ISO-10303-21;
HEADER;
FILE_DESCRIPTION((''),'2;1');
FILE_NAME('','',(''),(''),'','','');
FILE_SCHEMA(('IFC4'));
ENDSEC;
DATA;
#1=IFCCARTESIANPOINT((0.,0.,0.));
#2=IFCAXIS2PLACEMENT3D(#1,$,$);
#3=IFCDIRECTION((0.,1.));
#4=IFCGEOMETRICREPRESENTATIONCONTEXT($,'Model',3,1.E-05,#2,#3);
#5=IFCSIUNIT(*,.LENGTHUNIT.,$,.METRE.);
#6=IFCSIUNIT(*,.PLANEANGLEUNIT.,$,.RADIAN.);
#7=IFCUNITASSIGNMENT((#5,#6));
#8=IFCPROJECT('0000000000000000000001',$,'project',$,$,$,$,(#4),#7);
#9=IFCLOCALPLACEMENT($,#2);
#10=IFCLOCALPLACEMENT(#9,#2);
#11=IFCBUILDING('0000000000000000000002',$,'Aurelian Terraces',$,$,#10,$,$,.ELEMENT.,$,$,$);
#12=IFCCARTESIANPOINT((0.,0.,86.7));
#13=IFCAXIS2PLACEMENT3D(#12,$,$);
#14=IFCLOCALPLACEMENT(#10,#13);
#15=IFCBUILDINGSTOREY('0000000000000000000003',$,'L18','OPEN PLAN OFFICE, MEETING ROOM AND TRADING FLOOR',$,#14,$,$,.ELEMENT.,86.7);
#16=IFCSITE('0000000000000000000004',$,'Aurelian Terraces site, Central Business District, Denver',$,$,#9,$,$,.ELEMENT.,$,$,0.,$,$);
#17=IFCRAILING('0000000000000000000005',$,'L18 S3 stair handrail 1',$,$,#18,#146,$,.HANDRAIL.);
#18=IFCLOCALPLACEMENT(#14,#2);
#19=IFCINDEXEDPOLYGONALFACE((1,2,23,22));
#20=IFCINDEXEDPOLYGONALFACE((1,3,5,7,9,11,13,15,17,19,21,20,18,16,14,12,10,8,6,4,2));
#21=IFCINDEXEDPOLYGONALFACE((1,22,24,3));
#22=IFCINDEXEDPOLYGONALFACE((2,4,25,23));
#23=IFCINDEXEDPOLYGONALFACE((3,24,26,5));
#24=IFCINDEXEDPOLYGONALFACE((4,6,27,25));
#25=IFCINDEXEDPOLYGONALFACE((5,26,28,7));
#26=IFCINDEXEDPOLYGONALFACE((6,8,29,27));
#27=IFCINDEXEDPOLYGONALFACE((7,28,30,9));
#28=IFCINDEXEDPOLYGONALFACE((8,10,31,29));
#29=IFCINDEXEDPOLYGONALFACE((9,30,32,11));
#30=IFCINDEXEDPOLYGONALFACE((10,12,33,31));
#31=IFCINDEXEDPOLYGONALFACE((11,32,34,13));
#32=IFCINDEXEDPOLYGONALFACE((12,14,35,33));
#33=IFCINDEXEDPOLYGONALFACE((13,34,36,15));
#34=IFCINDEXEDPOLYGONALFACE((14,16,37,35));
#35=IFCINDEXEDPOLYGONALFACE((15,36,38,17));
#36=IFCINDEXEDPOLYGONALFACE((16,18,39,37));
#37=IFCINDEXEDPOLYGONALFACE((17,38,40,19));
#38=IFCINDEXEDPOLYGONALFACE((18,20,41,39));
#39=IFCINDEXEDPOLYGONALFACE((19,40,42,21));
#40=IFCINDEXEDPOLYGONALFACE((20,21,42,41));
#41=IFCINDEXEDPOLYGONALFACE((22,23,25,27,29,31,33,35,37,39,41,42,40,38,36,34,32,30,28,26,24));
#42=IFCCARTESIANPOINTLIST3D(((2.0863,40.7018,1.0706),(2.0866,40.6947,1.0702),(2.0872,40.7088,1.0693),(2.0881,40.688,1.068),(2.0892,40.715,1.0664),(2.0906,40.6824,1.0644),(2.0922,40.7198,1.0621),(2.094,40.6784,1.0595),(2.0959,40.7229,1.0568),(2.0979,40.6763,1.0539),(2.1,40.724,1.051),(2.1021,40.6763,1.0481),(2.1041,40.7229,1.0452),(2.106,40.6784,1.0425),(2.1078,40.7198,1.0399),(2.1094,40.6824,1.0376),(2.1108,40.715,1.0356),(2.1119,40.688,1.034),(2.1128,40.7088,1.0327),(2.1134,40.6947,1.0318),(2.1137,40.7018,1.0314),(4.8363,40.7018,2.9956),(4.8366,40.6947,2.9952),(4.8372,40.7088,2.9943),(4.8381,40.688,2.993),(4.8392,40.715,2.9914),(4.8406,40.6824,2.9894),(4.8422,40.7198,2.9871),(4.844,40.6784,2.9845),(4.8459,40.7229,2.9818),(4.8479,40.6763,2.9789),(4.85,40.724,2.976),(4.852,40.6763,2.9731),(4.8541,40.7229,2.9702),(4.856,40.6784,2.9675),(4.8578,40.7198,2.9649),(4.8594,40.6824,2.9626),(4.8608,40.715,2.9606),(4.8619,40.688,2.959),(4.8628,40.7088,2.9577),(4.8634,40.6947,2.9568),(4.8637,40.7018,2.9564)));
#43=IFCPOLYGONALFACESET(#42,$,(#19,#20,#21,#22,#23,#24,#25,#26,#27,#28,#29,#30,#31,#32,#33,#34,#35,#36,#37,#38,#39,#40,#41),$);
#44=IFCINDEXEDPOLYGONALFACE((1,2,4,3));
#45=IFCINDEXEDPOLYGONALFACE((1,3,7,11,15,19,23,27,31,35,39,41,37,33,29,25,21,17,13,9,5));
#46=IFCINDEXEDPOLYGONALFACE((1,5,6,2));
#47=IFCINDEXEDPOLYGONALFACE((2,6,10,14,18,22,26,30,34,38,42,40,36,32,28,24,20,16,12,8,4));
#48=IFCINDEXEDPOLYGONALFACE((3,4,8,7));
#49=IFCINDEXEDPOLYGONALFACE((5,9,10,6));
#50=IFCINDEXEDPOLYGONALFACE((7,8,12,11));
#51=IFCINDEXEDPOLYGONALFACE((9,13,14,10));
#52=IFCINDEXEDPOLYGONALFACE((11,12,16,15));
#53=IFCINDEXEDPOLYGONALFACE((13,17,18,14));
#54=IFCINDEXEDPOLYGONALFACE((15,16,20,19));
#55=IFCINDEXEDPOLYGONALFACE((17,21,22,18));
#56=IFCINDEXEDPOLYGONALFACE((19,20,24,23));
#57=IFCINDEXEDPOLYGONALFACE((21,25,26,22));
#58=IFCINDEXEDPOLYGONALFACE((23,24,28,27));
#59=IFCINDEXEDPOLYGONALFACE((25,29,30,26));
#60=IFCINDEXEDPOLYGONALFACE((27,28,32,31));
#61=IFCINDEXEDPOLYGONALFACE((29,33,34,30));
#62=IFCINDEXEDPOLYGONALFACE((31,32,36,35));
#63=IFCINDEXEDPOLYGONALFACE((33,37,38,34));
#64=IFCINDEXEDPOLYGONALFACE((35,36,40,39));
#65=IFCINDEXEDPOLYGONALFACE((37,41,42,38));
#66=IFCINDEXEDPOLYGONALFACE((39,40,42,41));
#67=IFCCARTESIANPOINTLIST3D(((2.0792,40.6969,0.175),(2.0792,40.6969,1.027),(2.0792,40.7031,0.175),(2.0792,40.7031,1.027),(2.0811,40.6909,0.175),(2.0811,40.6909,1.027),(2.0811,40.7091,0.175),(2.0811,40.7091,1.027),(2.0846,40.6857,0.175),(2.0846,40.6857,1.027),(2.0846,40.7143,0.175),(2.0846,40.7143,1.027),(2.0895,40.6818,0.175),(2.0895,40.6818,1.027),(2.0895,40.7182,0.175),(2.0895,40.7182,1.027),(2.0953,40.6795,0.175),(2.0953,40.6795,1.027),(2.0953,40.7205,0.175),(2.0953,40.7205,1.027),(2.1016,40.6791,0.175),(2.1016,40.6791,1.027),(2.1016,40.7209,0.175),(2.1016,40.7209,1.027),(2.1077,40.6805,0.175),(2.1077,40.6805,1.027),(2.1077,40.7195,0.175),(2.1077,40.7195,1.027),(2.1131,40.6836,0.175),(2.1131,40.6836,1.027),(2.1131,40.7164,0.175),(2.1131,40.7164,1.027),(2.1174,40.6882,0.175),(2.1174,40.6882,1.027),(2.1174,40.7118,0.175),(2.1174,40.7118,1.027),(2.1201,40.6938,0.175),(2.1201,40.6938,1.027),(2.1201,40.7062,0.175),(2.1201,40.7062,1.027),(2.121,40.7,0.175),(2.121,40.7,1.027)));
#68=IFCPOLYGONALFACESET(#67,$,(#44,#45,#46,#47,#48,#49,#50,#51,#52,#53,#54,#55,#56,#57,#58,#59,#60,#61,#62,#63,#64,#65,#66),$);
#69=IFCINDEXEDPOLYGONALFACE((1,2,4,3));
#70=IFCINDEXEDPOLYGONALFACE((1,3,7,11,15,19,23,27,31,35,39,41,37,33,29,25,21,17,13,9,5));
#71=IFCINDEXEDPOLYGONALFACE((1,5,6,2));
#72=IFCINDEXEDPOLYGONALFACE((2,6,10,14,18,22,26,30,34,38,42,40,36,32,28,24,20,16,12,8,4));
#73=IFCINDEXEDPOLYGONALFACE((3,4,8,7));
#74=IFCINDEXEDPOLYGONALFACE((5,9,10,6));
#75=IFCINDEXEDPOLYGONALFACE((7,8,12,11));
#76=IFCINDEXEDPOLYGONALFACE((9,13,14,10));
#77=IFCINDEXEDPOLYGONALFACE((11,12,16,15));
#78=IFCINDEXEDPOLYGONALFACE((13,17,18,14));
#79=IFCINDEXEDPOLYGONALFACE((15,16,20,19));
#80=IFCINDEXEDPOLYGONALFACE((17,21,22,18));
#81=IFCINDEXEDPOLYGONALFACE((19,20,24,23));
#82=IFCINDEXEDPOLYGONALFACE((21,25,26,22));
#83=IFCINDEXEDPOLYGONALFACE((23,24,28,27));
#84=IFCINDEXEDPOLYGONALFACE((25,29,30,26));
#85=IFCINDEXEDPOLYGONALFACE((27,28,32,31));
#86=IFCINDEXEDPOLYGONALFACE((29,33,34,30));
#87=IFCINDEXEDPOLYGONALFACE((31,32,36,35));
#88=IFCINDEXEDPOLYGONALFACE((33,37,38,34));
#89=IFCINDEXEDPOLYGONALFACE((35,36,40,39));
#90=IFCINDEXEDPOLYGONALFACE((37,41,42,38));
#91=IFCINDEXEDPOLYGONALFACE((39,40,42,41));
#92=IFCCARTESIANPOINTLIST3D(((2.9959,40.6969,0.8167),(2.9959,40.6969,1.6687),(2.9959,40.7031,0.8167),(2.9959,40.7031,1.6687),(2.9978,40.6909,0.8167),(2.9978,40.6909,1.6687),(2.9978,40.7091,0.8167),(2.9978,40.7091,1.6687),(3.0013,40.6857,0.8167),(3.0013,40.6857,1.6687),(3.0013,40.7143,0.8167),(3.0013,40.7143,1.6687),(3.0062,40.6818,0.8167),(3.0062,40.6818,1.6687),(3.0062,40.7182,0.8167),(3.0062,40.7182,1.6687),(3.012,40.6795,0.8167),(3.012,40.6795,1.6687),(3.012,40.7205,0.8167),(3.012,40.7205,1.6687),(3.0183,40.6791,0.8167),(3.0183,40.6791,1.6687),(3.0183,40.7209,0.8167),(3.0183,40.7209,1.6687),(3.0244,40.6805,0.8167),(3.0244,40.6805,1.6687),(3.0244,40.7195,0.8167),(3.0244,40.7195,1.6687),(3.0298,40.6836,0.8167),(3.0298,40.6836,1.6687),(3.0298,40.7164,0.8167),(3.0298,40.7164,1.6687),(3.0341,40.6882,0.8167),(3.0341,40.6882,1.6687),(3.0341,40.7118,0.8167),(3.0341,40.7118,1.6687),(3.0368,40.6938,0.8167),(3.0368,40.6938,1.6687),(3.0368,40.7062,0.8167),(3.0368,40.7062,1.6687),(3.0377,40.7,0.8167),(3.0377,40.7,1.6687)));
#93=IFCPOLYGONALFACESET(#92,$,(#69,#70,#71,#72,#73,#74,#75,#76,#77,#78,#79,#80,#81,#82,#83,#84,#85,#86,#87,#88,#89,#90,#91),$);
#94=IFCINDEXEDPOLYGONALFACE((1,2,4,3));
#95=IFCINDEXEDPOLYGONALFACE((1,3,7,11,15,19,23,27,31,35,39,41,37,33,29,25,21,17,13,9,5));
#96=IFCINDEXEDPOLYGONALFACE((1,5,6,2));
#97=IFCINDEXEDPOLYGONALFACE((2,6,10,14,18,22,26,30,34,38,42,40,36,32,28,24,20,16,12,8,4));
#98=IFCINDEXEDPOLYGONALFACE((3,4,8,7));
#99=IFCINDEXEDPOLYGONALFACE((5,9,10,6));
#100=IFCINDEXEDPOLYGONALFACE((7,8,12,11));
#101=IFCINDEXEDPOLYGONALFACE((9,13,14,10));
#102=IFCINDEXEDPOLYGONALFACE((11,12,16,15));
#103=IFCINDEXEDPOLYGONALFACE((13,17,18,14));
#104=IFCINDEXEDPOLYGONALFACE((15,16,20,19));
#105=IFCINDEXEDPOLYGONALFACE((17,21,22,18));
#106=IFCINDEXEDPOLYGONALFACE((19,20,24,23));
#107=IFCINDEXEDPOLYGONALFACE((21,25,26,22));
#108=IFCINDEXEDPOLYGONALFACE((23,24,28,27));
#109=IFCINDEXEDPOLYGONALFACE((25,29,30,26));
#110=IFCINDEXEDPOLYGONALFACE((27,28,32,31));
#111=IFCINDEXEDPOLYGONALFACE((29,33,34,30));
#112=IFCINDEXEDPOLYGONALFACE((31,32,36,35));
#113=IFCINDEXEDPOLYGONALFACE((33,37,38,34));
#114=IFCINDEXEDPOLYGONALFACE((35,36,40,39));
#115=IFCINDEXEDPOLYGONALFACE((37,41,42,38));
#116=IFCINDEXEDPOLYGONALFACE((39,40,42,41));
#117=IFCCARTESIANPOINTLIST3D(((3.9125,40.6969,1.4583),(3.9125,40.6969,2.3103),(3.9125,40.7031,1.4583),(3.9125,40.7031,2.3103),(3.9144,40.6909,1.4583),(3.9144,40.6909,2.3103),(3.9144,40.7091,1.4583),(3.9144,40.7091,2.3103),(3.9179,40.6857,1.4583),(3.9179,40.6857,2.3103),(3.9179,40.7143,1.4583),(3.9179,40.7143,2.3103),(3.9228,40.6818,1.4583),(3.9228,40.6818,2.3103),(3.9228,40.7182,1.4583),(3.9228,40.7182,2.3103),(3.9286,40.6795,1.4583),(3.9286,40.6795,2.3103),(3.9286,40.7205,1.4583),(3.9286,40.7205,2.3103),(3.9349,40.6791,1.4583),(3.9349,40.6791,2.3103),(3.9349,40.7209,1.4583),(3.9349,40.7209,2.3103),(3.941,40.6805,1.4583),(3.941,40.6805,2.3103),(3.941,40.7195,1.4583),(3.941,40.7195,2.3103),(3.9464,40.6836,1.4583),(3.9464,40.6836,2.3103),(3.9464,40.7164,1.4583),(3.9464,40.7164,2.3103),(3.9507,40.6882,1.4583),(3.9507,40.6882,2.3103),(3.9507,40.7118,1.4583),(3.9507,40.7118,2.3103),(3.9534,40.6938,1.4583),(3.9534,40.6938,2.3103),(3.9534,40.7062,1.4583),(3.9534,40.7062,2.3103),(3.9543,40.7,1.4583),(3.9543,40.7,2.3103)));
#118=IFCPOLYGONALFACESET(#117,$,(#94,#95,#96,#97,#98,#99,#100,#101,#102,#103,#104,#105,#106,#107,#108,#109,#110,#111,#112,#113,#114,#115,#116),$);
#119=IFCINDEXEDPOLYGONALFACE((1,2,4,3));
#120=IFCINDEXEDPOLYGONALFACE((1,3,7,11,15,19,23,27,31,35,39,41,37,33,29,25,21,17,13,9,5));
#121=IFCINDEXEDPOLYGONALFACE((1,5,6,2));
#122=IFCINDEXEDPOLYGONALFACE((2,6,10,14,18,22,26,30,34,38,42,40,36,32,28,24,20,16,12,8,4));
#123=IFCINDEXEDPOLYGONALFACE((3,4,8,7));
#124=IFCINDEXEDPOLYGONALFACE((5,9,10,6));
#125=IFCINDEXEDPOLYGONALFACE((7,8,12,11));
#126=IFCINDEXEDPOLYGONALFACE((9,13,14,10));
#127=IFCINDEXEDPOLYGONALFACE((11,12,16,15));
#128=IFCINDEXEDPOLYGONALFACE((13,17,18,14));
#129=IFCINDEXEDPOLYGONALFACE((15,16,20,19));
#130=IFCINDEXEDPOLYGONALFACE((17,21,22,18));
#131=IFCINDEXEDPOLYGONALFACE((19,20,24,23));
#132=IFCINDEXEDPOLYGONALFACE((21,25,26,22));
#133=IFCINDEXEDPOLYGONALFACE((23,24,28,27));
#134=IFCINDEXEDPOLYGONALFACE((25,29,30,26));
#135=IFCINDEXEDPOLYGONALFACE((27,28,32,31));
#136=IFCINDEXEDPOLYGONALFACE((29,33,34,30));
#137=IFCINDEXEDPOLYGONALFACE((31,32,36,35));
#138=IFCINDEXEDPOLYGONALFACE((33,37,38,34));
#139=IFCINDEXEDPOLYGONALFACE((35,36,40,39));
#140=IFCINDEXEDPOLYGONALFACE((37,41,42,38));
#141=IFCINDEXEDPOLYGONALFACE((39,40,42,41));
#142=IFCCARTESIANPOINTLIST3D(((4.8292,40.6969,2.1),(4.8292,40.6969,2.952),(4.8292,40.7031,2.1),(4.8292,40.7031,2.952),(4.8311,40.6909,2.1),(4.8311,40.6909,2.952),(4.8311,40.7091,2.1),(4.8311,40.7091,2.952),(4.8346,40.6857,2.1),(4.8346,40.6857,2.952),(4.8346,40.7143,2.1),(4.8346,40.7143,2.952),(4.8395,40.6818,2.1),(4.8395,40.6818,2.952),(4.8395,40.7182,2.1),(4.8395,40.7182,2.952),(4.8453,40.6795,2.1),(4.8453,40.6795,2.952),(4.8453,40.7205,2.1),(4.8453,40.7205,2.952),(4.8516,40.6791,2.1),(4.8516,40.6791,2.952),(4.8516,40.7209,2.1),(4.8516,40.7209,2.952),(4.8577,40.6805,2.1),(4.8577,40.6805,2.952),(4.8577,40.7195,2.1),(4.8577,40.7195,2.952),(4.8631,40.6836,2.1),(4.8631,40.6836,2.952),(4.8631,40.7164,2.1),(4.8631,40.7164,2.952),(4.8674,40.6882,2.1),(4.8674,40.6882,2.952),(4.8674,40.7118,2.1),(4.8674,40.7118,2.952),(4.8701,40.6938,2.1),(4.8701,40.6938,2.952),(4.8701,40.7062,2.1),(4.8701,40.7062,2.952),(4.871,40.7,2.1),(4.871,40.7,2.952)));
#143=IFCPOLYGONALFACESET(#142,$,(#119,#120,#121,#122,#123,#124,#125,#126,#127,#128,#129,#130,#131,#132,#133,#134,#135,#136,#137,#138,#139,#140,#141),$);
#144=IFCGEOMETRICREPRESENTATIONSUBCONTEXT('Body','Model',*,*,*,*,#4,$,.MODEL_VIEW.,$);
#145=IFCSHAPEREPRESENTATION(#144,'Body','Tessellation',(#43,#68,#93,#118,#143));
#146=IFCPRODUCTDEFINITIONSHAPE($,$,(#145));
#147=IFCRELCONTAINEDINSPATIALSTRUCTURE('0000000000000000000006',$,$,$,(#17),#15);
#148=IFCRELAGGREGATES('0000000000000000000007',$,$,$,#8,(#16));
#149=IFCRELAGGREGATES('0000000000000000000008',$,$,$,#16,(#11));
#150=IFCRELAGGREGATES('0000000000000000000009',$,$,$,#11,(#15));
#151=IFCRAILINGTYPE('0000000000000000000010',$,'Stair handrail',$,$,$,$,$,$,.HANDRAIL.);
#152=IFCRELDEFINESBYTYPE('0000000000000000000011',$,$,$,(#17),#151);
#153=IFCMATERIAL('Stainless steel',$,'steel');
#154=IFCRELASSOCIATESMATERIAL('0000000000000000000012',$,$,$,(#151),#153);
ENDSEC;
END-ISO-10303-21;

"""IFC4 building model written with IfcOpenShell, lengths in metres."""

from ifc_helpers import new_model, si_unit, direction, frame, origin, origin_2d, place, context, subcontext, project, spatial, circle, extrude, source, transform, mapped, material, type_object, element, save


model = new_model("IFC4")

# Units and contexts
model_context = context("Model", 3, precision=1e-05, world=origin(), true_north=direction((0.0, 1.0)))
body_context = subcontext(model_context, "Body", "Model", "MODEL_VIEW")
ifc_project = project(units=[si_unit("LENGTHUNIT", "METRE"), si_unit("PLANEANGLEUNIT", "RADIAN")], contexts=[model_context])

# Site, building, storey
site_placement = place(None, origin())
site = spatial("IfcSite", under=ifc_project, at=site_placement, Name="Aurelian Terraces site, Central Business District, Denver", CompositionType="ELEMENT", RefElevation=0.0)
building_placement = place(site_placement, origin())
building = spatial("IfcBuilding", under=site, at=building_placement, Name="Aurelian Terraces", CompositionType="ELEMENT")
storey_placement = place(building_placement, frame((0.0, 0.0, 86.7)))
storey = spatial("IfcBuildingStorey", under=building, at=storey_placement, Name="L18", Description="OPEN PLAN OFFICE, MEETING ROOM AND TRADING FLOOR", CompositionType="ELEMENT", Elevation=86.7)

# Railing
ifc_material_1 = material(Name="Stainless steel", Category="steel")
railing_type_1 = type_object("IfcRailingType", Name="Stair handrail", PredefinedType="HANDRAIL", material=ifc_material_1)
shared_shape_1 = source(origin(), body_context, "Body", "SweptSolid", [
    extrude(circle(Radius=0.024, at=origin_2d()), frame((0.0, 0.0, 0.876), z_axis=(0.819232, 0.0, 0.573462), x_axis=(0.0, 1.0, 0.0)), (0.0, 0.0, 1.0), 3.3568),
    extrude(circle(Radius=0.021, at=origin_2d()), origin(), (0.0, 0.0, 1.0), 0.852),
    extrude(circle(Radius=0.021, at=origin_2d()), frame((0.9167, 0.0, 0.6417)), (0.0, 0.0, 1.0), 0.852),
    extrude(circle(Radius=0.021, at=origin_2d()), frame((1.8333, 0.0, 1.2833)), (0.0, 0.0, 1.0), 0.852),
    extrude(circle(Radius=0.021, at=origin_2d()), frame((2.75, 0.0, 1.925)), (0.0, 0.0, 1.0), 0.852),
])
railing_1_placement = place(storey_placement, frame((2.1, 40.7, 0.175)))
element("IfcRailing", 1, at=railing_1_placement, inside=storey, type_object=railing_type_1, Name="L18 S3 stair handrail 1", PredefinedType="HANDRAIL", context=body_context, shape_type="MappedRepresentation", body=[
    mapped(shared_shape_1, transform((0.0, 0.0, 0.0), scale=1.0)),
])

save(model, "model.ifc")
